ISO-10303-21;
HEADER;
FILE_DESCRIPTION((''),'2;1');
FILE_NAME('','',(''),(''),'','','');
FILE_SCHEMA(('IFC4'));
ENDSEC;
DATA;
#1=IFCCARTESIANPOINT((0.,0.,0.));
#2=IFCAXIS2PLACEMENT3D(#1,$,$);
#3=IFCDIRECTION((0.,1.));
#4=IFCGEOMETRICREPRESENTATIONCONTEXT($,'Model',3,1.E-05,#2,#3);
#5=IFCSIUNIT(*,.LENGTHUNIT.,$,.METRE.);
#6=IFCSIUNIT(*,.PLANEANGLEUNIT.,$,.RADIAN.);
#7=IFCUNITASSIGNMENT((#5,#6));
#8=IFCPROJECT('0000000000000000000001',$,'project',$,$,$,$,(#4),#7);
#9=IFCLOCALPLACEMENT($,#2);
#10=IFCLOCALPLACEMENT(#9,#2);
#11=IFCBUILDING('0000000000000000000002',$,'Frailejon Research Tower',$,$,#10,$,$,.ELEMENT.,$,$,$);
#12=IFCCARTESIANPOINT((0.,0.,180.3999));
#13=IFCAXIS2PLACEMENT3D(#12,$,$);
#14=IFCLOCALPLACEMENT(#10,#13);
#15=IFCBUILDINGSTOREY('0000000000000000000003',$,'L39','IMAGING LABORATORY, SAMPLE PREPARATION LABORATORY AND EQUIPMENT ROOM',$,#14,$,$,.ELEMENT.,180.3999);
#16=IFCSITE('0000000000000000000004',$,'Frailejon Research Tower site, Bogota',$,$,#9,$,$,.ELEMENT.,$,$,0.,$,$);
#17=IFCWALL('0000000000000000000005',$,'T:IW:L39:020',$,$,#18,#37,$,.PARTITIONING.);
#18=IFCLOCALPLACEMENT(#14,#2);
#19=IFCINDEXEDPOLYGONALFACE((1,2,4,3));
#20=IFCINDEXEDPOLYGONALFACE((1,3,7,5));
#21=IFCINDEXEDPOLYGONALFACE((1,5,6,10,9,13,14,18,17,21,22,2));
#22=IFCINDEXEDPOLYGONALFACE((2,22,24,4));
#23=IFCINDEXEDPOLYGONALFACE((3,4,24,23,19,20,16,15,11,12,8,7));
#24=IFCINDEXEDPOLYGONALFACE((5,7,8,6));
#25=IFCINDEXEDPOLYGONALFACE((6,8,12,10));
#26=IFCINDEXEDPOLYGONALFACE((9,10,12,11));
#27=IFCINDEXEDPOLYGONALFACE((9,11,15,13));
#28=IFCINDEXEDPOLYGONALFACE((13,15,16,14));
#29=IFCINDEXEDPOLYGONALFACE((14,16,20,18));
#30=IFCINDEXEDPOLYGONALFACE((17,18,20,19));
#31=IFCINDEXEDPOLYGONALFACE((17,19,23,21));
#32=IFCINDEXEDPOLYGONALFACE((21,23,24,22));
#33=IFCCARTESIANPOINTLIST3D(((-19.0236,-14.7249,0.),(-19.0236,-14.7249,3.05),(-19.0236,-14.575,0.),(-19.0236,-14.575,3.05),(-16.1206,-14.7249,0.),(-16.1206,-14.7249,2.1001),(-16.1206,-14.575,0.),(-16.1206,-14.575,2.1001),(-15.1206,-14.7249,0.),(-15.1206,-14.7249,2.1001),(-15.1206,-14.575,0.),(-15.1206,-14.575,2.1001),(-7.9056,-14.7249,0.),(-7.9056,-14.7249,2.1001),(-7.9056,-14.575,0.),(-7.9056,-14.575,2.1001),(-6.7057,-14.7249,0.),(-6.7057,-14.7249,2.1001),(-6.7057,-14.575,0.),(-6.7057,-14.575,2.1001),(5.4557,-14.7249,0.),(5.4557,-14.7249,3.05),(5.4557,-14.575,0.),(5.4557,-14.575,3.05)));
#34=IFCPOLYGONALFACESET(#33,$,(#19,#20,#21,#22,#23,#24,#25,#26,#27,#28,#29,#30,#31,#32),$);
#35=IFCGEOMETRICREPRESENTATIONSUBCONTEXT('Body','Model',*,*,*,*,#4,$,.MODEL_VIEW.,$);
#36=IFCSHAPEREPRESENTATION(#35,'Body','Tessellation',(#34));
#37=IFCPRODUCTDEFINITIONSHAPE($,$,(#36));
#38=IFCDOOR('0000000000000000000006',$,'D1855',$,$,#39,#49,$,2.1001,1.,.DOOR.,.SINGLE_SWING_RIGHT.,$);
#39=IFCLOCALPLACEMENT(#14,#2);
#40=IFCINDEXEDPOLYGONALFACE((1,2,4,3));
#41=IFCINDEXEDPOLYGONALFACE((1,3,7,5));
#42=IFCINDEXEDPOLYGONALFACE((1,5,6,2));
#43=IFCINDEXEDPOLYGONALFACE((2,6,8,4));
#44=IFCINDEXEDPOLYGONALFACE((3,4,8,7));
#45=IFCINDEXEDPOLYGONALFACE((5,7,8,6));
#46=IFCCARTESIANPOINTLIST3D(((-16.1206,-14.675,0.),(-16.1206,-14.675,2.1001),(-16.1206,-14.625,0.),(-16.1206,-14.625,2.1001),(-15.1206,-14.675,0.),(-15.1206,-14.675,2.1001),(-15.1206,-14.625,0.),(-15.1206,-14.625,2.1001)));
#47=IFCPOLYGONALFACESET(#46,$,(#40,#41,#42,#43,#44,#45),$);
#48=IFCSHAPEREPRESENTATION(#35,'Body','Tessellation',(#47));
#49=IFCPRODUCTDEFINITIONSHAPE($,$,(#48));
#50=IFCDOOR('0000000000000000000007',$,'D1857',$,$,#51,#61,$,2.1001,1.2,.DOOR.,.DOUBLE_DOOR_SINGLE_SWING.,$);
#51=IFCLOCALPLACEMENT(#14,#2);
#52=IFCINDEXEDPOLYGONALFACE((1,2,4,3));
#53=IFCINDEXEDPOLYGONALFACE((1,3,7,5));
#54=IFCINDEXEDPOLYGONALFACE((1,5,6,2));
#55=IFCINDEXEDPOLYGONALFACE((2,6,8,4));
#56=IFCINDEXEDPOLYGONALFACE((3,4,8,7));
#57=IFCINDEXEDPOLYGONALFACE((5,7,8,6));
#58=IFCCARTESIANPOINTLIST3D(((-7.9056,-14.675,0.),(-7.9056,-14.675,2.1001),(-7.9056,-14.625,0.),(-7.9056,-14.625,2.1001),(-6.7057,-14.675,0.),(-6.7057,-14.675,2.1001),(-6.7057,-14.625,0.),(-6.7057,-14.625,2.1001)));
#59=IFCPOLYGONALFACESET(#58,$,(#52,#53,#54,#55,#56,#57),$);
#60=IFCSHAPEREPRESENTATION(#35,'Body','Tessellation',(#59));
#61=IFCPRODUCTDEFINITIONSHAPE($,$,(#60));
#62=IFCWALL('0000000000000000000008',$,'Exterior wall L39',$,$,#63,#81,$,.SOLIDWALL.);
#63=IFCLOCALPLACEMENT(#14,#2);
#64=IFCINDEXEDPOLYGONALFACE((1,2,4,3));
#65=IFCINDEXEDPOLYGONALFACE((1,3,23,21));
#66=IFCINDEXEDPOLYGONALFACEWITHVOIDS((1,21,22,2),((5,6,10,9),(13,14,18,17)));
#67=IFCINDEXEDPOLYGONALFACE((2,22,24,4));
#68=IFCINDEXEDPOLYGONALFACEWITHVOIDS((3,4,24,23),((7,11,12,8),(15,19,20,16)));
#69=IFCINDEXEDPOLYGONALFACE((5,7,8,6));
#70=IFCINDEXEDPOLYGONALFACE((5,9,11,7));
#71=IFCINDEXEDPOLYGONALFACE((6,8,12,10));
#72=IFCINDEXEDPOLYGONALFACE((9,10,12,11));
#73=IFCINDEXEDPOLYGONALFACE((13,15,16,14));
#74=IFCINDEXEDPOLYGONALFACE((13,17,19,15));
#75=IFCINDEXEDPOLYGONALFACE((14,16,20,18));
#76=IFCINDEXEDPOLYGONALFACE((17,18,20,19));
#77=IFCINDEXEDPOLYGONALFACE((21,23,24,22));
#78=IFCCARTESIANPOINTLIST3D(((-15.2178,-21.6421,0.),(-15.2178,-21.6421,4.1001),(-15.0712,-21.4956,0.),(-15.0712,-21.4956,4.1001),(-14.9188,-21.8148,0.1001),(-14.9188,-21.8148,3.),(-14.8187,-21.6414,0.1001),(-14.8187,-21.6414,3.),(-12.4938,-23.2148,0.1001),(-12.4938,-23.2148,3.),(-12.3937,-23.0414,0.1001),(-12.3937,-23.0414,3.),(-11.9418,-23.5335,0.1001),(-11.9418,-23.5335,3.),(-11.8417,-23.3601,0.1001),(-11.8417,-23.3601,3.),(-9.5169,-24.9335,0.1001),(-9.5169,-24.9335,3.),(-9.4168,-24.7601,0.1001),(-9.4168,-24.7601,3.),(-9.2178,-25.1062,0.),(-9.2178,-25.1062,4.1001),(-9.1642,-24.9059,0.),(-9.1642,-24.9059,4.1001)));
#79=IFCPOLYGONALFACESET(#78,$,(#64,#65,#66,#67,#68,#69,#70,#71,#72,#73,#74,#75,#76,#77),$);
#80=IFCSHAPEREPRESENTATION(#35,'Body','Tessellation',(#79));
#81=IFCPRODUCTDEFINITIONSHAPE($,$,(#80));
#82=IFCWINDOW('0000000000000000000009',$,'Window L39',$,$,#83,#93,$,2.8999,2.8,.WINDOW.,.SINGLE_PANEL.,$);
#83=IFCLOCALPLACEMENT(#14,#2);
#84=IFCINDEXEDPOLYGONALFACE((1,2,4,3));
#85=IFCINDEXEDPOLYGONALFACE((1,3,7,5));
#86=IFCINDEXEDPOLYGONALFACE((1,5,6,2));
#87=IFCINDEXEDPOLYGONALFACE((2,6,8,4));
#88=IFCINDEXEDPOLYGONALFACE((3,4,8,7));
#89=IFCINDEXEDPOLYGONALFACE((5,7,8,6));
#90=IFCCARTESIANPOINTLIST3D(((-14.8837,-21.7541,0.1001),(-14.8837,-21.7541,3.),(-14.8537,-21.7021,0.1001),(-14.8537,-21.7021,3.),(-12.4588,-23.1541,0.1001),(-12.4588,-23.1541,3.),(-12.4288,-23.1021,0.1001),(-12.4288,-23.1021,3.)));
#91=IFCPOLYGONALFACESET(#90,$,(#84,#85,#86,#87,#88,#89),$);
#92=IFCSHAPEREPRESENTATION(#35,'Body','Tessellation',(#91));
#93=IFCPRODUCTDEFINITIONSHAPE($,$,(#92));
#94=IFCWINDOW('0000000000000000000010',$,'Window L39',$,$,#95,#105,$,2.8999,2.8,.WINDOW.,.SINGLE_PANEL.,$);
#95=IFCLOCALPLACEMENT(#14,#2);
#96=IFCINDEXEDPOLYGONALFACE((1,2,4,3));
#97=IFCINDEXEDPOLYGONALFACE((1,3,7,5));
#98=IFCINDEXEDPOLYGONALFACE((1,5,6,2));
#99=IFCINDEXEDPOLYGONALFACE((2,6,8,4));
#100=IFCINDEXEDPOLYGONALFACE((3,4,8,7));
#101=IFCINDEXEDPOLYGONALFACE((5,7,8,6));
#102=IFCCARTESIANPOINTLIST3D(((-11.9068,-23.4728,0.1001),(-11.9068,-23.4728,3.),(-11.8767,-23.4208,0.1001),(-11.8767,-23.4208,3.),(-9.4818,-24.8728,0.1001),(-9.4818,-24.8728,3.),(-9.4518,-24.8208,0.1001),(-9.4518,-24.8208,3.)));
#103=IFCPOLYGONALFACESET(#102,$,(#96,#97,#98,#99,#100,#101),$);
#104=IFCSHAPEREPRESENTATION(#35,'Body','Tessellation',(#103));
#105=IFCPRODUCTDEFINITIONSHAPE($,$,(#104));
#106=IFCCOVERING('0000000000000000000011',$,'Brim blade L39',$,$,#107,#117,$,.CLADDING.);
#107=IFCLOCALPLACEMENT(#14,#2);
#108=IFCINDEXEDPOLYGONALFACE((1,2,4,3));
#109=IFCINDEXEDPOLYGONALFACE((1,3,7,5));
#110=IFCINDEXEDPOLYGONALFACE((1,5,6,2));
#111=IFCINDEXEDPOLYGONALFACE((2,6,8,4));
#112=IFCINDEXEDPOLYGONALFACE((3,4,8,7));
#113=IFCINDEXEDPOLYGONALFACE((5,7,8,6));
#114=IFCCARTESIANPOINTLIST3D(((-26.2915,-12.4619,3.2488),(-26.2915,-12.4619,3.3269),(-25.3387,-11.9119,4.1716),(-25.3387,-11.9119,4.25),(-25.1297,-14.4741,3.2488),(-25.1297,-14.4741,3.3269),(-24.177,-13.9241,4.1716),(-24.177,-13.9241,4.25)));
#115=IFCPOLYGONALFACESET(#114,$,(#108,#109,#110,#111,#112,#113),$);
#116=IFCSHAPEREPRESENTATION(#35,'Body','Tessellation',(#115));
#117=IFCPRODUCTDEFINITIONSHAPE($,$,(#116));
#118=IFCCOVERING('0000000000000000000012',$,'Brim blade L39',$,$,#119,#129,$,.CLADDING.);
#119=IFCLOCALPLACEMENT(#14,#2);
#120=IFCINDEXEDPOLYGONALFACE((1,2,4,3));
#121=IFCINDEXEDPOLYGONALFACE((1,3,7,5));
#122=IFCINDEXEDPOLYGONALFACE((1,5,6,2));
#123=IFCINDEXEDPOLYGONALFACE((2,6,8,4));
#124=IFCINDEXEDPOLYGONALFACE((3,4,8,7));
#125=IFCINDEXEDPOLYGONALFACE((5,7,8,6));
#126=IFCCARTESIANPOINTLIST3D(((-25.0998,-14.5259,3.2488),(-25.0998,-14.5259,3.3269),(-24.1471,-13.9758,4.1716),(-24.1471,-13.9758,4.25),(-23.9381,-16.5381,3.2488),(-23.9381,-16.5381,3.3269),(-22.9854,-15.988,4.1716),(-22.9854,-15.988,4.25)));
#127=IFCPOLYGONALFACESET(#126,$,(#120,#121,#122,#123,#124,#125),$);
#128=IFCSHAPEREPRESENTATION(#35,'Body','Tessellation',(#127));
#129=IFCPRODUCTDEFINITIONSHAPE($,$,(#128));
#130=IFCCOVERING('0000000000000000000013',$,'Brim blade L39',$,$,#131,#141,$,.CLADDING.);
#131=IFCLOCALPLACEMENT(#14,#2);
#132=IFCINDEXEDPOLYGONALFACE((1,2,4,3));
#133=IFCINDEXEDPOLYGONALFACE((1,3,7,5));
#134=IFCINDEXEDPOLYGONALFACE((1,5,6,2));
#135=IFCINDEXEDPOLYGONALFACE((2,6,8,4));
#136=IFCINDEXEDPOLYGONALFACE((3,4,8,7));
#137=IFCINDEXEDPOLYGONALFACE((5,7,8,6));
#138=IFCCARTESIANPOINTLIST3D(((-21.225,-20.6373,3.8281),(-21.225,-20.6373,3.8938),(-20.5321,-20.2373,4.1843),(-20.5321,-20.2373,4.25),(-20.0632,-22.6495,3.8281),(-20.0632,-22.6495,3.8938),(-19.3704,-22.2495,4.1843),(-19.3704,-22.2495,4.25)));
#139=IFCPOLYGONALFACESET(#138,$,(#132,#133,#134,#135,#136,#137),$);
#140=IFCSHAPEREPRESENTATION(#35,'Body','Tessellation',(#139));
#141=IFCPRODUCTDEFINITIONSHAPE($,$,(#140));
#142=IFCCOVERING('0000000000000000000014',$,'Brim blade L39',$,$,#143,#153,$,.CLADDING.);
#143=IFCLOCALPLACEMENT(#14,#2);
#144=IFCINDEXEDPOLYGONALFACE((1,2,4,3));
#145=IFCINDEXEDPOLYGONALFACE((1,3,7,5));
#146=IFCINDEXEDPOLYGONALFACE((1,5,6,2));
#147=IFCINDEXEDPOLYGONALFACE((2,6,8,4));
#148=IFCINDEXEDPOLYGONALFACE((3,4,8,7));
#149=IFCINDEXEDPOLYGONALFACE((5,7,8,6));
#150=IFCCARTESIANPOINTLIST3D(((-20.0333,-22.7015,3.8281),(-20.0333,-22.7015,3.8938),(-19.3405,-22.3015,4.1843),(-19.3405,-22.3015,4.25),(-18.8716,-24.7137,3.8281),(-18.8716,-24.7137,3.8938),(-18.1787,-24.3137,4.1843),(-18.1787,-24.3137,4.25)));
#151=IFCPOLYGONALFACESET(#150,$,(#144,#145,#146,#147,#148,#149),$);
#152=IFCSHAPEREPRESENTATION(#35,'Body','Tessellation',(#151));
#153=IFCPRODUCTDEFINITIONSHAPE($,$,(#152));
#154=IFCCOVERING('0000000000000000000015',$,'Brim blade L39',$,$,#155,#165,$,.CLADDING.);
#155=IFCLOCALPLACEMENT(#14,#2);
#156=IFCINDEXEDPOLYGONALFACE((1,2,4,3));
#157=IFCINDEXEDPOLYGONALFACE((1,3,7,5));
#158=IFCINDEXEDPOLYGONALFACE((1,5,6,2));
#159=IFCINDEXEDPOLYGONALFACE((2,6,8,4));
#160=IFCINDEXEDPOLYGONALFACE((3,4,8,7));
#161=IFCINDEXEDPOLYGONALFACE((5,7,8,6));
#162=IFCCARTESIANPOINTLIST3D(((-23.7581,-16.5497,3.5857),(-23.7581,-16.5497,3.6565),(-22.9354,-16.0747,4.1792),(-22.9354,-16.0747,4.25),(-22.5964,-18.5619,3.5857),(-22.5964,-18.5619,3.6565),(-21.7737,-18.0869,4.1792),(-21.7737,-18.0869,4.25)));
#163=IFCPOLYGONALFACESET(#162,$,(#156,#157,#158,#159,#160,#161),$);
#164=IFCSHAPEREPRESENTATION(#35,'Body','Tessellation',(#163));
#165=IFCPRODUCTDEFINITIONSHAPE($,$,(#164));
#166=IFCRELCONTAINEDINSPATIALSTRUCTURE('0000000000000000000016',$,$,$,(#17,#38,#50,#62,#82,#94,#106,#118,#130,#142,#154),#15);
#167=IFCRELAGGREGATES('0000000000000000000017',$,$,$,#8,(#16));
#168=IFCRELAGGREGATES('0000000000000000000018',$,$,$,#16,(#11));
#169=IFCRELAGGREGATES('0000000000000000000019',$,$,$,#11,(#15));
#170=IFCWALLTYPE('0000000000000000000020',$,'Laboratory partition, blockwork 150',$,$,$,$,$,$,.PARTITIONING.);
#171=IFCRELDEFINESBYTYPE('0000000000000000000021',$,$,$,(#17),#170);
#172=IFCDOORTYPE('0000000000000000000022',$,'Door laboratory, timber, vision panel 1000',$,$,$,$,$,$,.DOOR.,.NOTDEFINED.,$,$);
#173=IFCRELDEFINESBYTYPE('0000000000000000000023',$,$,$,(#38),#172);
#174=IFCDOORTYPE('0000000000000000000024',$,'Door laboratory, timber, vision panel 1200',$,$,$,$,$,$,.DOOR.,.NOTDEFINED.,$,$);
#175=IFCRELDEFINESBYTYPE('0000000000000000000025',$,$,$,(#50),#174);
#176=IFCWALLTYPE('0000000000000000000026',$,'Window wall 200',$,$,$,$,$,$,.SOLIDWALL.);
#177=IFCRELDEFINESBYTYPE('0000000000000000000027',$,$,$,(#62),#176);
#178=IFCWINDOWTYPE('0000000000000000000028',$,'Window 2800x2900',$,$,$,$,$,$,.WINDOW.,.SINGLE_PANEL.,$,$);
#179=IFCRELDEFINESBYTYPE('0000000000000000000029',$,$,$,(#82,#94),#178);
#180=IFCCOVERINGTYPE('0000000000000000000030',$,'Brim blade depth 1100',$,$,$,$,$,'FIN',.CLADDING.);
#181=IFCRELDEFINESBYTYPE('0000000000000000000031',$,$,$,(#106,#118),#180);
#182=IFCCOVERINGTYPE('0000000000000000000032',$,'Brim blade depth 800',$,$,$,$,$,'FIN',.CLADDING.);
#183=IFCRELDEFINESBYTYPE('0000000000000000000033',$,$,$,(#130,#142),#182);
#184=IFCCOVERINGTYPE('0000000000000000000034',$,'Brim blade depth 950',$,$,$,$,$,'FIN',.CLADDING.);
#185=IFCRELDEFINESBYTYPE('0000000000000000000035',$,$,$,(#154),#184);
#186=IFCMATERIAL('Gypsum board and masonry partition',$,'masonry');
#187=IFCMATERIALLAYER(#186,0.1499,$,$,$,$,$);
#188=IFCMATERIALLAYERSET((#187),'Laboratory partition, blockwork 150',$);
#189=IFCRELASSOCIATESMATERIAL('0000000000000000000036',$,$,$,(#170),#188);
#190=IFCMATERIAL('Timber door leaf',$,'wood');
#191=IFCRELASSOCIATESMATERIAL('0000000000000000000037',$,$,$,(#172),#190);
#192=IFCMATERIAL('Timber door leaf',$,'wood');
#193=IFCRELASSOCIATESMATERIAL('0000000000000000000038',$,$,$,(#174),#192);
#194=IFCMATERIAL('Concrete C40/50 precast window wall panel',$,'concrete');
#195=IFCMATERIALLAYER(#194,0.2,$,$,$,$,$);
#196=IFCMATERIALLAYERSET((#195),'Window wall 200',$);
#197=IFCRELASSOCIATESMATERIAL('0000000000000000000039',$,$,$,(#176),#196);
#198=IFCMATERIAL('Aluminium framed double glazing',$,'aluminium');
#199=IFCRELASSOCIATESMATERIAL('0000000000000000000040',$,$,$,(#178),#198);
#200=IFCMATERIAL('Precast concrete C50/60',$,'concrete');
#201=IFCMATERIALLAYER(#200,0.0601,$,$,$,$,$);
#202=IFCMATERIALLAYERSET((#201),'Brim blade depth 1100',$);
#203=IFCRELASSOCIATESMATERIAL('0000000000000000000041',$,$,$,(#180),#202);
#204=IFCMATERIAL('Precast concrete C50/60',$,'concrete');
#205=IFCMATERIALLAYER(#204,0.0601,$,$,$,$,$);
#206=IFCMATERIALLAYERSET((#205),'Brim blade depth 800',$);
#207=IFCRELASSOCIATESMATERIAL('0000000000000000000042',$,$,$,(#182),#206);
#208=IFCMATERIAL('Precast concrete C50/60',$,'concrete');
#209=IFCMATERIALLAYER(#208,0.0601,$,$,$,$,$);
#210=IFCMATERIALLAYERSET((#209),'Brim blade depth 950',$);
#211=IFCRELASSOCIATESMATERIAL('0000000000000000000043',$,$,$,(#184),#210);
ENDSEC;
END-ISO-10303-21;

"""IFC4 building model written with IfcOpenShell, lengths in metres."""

from ifc_helpers import new_model, si_unit, direction, frame, frame_2d, origin, place, context, subcontext, project, spatial, polyline, rectangle, outline, extrude, material, layer, layer_set, type_object, element, fill, save


model = new_model("IFC4")

# Units and contexts
model_context = context("Model", 3, precision=1e-05, world=origin(), true_north=direction((0.0, 1.0)))
body_context = subcontext(model_context, "Body", "Model", "MODEL_VIEW")
ifc_project = project(units=[si_unit("LENGTHUNIT", "METRE"), si_unit("PLANEANGLEUNIT", "RADIAN")], contexts=[model_context])

# Site, building, storey
site_placement = place(None, origin())
site = spatial("IfcSite", under=ifc_project, at=site_placement, Name="Frailejon Research Tower site, Bogota", CompositionType="ELEMENT", RefElevation=0.0)
building_placement = place(site_placement, origin())
building = spatial("IfcBuilding", under=site, at=building_placement, Name="Frailejon Research Tower", CompositionType="ELEMENT")
storey_placement = place(building_placement, frame((0.0, 0.0, 180.3999)))
storey = spatial("IfcBuildingStorey", under=building, at=storey_placement, Name="L39", Description="IMAGING LABORATORY, SAMPLE PREPARATION LABORATORY AND EQUIPMENT ROOM", CompositionType="ELEMENT", Elevation=180.3999)

# Shared definitions
ifc_material_1 = material(Name="Gypsum board and masonry partition", Category="masonry")
ifc_layer_1 = layer(ifc_material_1, 0.1499)
ifc_layer_set_1 = layer_set([ifc_layer_1], Name="Laboratory partition, blockwork 150")
wall_type_1 = type_object("IfcWallType", Name="Laboratory partition, blockwork 150", PredefinedType="PARTITIONING", material=ifc_layer_set_1)

# Wall, openings, doors
wall_1_placement = place(storey_placement, frame((-19.0237, -14.6499, 0.0), z_axis=(0.0, 0.0, 1.0), x_axis=(1.0, 0.0, 0.0)))
wall_1 = element("IfcWall", 1, at=wall_1_placement, inside=storey, type_object=wall_type_1, Name="T:IW:L39:020", PredefinedType="PARTITIONING", context=body_context, shape_type="SweptSolid", body=[
    extrude(rectangle(XDim=24.4792, YDim=0.1499, at=frame_2d((12.2397, 0.0))), origin(), (0.0, 0.0, 1.0), 3.05),
])
opening_1_placement = place(wall_1_placement, frame((2.9031, 0.0, 0.0)))
opening_1 = element("IfcOpeningElement", 2, at=opening_1_placement, cuts=wall_1, PredefinedType="OPENING", context=body_context, shape_type="SweptSolid", body=[
    extrude(rectangle(XDim=1.0, YDim=2.1001, at=frame_2d((0.5, 1.05))), frame((0.0, 0.085, 0.0), z_axis=(0.0, -1.0, 0.0), x_axis=(1.0, 0.0, 0.0)), (0.0, 0.0, 1.0), 0.1699),
])
opening_2_placement = place(wall_1_placement, frame((11.1179, 0.0, 0.0)))
opening_2 = element("IfcOpeningElement", 3, at=opening_2_placement, cuts=wall_1, PredefinedType="OPENING", context=body_context, shape_type="SweptSolid", body=[
    extrude(rectangle(XDim=1.2, YDim=2.1001, at=frame_2d((0.6001, 1.05))), frame((0.0, 0.085, 0.0), z_axis=(0.0, -1.0, 0.0), x_axis=(1.0, 0.0, 0.0)), (0.0, 0.0, 1.0), 0.1699),
])
ifc_material_2 = material(Name="Timber door leaf", Category="wood")
door_type_1 = type_object("IfcDoorType", Name="Door laboratory, timber, vision panel 1000", OperationType="NOTDEFINED", PredefinedType="DOOR", material=ifc_material_2)
door_1_placement = place(opening_1_placement, origin())
door_1 = element("IfcDoor", 4, at=door_1_placement, inside=storey, type_object=door_type_1, Name="D1855", OperationType="SINGLE_SWING_RIGHT", OverallHeight=2.1001, OverallWidth=1.0, PredefinedType="DOOR", context=body_context, shape_type="SweptSolid", body=[
    extrude(rectangle(XDim=1.0, YDim=2.1001, at=frame_2d((0.5, 1.05))), frame((0.0, 0.0249, 0.0), z_axis=(0.0, -1.0, 0.0), x_axis=(1.0, 0.0, 0.0)), (0.0, 0.0, 1.0), 0.05),
])
fill(opening_1, door_1)
ifc_material_3 = material(Name="Timber door leaf", Category="wood")
door_type_2 = type_object("IfcDoorType", Name="Door laboratory, timber, vision panel 1200", OperationType="NOTDEFINED", PredefinedType="DOOR", material=ifc_material_3)
door_2_placement = place(opening_2_placement, origin())
door_2 = element("IfcDoor", 5, at=door_2_placement, inside=storey, type_object=door_type_2, Name="D1857", OperationType="DOUBLE_DOOR_SINGLE_SWING", OverallHeight=2.1001, OverallWidth=1.2, PredefinedType="DOOR", context=body_context, shape_type="SweptSolid", body=[
    extrude(rectangle(XDim=1.2, YDim=2.1001, at=frame_2d((0.6001, 1.05))), frame((0.0, 0.0249, 0.0), z_axis=(0.0, -1.0, 0.0), x_axis=(1.0, 0.0, 0.0)), (0.0, 0.0, 1.0), 0.05),
])
fill(opening_2, door_2)

# Wall, openings, windows
ifc_material_4 = material(Name="Concrete C40/50 precast window wall panel", Category="concrete")
ifc_layer_2 = layer(ifc_material_4, 0.2)
ifc_layer_set_2 = layer_set([ifc_layer_2], Name="Window wall 200")
wall_type_2 = type_object("IfcWallType", Name="Window wall 200", PredefinedType="SOLIDWALL", material=ifc_layer_set_2)
wall_2_placement = place(storey_placement, frame((-15.1445, -21.5688, 0.0), z_axis=(0.0, 0.0, 1.0), x_axis=(0.866029, -0.499993, 0.0)))
wall_2 = element("IfcWall", 6, at=wall_2_placement, inside=storey, type_object=wall_type_2, Name="Exterior wall L39", PredefinedType="SOLIDWALL", context=body_context, shape_type="SweptSolid", body=[
    extrude(outline(polyline([(-0.0269, -0.1001), (1.1279, -0.1001), (2.2825, -0.1001), (3.4373, -0.1001), (4.592, -0.1001), (5.7466, -0.1001), (6.9014, -0.1001), (6.8477, 0.1001), (5.7109, 0.1001), (4.574, 0.1001), (3.4373, 0.1001), (2.3005, 0.1001), (1.1636, 0.1001), (0.0269, 0.1001), (-0.0269, -0.1001)])), origin(), (0.0, 0.0, 1.0), 4.1001),
])
opening_3_placement = place(wall_2_placement, frame((0.3186, 0.0, 0.1001)))
opening_3 = element("IfcOpeningElement", 7, at=opening_3_placement, cuts=wall_2, PredefinedType="OPENING", context=body_context, shape_type="SweptSolid", body=[
    extrude(rectangle(XDim=2.8, YDim=2.8999, at=frame_2d((1.3999, 1.45))), frame((0.0, 0.1099, 0.0), z_axis=(0.0, -1.0, 0.0), x_axis=(1.0, 0.0, 0.0)), (0.0, 0.0, 1.0), 0.22),
])
opening_4_placement = place(wall_2_placement, frame((3.7561, 0.0, 0.1001)))
opening_4 = element("IfcOpeningElement", 8, at=opening_4_placement, cuts=wall_2, PredefinedType="OPENING", context=body_context, shape_type="SweptSolid", body=[
    extrude(rectangle(XDim=2.8, YDim=2.8999, at=frame_2d((1.3999, 1.45))), frame((0.0, 0.1099, 0.0), z_axis=(0.0, -1.0, 0.0), x_axis=(1.0, 0.0, 0.0)), (0.0, 0.0, 1.0), 0.22),
])
ifc_material_5 = material(Name="Aluminium framed double glazing", Category="aluminium")
window_type = type_object("IfcWindowType", Name="Window 2800x2900", PartitioningType="SINGLE_PANEL", PredefinedType="WINDOW", material=ifc_material_5)
window_1_placement = place(opening_3_placement, origin())
window_1 = element("IfcWindow", 9, at=window_1_placement, inside=storey, type_object=window_type, Name="Window L39", OverallHeight=2.8999, OverallWidth=2.8, PartitioningType="SINGLE_PANEL", PredefinedType="WINDOW", context=body_context, shape_type="SweptSolid", body=[
    extrude(rectangle(XDim=2.8, YDim=2.8999, at=frame_2d((1.3999, 1.45))), frame((0.0, 0.03, 0.0), z_axis=(0.0, -1.0, 0.0), x_axis=(1.0, 0.0, 0.0)), (0.0, 0.0, 1.0), 0.0601),
])
fill(opening_3, window_1)
window_2_placement = place(opening_4_placement, origin())
window_2 = element("IfcWindow", 10, at=window_2_placement, inside=storey, type_object=window_type, Name="Window L39", OverallHeight=2.8999, OverallWidth=2.8, PartitioningType="SINGLE_PANEL", PredefinedType="WINDOW", context=body_context, shape_type="SweptSolid", body=[
    extrude(rectangle(XDim=2.8, YDim=2.8999, at=frame_2d((1.3999, 1.45))), frame((0.0, 0.03, 0.0), z_axis=(0.0, -1.0, 0.0), x_axis=(1.0, 0.0, 0.0)), (0.0, 0.0, 1.0), 0.0601),
])
fill(opening_4, window_2)

# Coverings
ifc_material_6 = material(Name="Precast concrete C50/60", Category="concrete")
ifc_layer_3 = layer(ifc_material_6, 0.0601)
ifc_layer_set_3 = layer_set([ifc_layer_3], Name="Brim blade depth 1100")
covering_type_1 = type_object("IfcCoveringType", Name="Brim blade depth 1100", ElementType="FIN", PredefinedType="CLADDING", material=ifc_layer_set_3)
for number, where, z_axis, x_axis, name in (
    (11, (-24.177, -13.9241, 4.25), (-0.500001, 0.866025, 0.0), (-0.866025, -0.500001, 0.0), "Brim blade L39"),
    (12, (-22.9854, -15.988, 4.25), (-0.500001, 0.866025, 0.0), (-0.866025, -0.500001, 0.0), "Brim blade L39"),
):
    element("IfcCovering", number, at=place(storey_placement, frame(where, z_axis=z_axis, x_axis=x_axis)), inside=storey, type_object=covering_type_1, Name=name, PredefinedType="CLADDING", context=body_context, shape_type="SweptSolid", body=[
        extrude(outline(polyline([(0.0, -0.0784), (1.1001, -1.0012), (1.1001, -0.9231), (0.0, 0.0), (0.0, -0.0784)])), origin(), (0.0, 0.0, 1.0), 2.3235),
    ])
ifc_material_7 = material(Name="Precast concrete C50/60", Category="concrete")
ifc_layer_4 = layer(ifc_material_7, 0.0601)
ifc_layer_set_4 = layer_set([ifc_layer_4], Name="Brim blade depth 800")
covering_type_2 = type_object("IfcCoveringType", Name="Brim blade depth 800", ElementType="FIN", PredefinedType="CLADDING", material=ifc_layer_set_4)
for number, where, z_axis, x_axis, name in (
    (13, (-19.3704, -22.2495, 4.25), (-0.500001, 0.866025, 0.0), (-0.866025, -0.500001, 0.0), "Brim blade L39"),
    (14, (-18.1787, -24.3137, 4.25), (-0.500001, 0.866025, 0.0), (-0.866025, -0.500001, 0.0), "Brim blade L39"),
):
    element("IfcCovering", number, at=place(storey_placement, frame(where, z_axis=z_axis, x_axis=x_axis)), inside=storey, type_object=covering_type_2, Name=name, PredefinedType="CLADDING", context=body_context, shape_type="SweptSolid", body=[
        extrude(outline(polyline([(0.0, -0.0657), (0.8, -0.4219), (0.8, -0.3562), (0.0, 0.0), (0.0, -0.0657)])), origin(), (0.0, 0.0, 1.0), 2.3235),
    ])
ifc_material_8 = material(Name="Precast concrete C50/60", Category="concrete")
ifc_layer_5 = layer(ifc_material_8, 0.0601)
ifc_layer_set_5 = layer_set([ifc_layer_5], Name="Brim blade depth 950")
covering_type_3 = type_object("IfcCoveringType", Name="Brim blade depth 950", ElementType="FIN", PredefinedType="CLADDING", material=ifc_layer_set_5)
for number, where, z_axis, x_axis, name in (
    (15, (-21.7737, -18.0869, 4.25), (-0.50001, 0.86602, 0.0), (-0.86602, -0.50001, 0.0), "Brim blade L39"),
):
    element("IfcCovering", number, at=place(storey_placement, frame(where, z_axis=z_axis, x_axis=x_axis)), inside=storey, type_object=covering_type_3, Name=name, PredefinedType="CLADDING", context=body_context, shape_type="SweptSolid", body=[
        extrude(outline(polyline([(0.0, -0.0708), (0.95, -0.6643), (0.95, -0.5935), (0.0, 0.0), (0.0, -0.0708)])), origin(), (0.0, 0.0, 1.0), 2.3235),
    ])

save(model, "model.ifc")
